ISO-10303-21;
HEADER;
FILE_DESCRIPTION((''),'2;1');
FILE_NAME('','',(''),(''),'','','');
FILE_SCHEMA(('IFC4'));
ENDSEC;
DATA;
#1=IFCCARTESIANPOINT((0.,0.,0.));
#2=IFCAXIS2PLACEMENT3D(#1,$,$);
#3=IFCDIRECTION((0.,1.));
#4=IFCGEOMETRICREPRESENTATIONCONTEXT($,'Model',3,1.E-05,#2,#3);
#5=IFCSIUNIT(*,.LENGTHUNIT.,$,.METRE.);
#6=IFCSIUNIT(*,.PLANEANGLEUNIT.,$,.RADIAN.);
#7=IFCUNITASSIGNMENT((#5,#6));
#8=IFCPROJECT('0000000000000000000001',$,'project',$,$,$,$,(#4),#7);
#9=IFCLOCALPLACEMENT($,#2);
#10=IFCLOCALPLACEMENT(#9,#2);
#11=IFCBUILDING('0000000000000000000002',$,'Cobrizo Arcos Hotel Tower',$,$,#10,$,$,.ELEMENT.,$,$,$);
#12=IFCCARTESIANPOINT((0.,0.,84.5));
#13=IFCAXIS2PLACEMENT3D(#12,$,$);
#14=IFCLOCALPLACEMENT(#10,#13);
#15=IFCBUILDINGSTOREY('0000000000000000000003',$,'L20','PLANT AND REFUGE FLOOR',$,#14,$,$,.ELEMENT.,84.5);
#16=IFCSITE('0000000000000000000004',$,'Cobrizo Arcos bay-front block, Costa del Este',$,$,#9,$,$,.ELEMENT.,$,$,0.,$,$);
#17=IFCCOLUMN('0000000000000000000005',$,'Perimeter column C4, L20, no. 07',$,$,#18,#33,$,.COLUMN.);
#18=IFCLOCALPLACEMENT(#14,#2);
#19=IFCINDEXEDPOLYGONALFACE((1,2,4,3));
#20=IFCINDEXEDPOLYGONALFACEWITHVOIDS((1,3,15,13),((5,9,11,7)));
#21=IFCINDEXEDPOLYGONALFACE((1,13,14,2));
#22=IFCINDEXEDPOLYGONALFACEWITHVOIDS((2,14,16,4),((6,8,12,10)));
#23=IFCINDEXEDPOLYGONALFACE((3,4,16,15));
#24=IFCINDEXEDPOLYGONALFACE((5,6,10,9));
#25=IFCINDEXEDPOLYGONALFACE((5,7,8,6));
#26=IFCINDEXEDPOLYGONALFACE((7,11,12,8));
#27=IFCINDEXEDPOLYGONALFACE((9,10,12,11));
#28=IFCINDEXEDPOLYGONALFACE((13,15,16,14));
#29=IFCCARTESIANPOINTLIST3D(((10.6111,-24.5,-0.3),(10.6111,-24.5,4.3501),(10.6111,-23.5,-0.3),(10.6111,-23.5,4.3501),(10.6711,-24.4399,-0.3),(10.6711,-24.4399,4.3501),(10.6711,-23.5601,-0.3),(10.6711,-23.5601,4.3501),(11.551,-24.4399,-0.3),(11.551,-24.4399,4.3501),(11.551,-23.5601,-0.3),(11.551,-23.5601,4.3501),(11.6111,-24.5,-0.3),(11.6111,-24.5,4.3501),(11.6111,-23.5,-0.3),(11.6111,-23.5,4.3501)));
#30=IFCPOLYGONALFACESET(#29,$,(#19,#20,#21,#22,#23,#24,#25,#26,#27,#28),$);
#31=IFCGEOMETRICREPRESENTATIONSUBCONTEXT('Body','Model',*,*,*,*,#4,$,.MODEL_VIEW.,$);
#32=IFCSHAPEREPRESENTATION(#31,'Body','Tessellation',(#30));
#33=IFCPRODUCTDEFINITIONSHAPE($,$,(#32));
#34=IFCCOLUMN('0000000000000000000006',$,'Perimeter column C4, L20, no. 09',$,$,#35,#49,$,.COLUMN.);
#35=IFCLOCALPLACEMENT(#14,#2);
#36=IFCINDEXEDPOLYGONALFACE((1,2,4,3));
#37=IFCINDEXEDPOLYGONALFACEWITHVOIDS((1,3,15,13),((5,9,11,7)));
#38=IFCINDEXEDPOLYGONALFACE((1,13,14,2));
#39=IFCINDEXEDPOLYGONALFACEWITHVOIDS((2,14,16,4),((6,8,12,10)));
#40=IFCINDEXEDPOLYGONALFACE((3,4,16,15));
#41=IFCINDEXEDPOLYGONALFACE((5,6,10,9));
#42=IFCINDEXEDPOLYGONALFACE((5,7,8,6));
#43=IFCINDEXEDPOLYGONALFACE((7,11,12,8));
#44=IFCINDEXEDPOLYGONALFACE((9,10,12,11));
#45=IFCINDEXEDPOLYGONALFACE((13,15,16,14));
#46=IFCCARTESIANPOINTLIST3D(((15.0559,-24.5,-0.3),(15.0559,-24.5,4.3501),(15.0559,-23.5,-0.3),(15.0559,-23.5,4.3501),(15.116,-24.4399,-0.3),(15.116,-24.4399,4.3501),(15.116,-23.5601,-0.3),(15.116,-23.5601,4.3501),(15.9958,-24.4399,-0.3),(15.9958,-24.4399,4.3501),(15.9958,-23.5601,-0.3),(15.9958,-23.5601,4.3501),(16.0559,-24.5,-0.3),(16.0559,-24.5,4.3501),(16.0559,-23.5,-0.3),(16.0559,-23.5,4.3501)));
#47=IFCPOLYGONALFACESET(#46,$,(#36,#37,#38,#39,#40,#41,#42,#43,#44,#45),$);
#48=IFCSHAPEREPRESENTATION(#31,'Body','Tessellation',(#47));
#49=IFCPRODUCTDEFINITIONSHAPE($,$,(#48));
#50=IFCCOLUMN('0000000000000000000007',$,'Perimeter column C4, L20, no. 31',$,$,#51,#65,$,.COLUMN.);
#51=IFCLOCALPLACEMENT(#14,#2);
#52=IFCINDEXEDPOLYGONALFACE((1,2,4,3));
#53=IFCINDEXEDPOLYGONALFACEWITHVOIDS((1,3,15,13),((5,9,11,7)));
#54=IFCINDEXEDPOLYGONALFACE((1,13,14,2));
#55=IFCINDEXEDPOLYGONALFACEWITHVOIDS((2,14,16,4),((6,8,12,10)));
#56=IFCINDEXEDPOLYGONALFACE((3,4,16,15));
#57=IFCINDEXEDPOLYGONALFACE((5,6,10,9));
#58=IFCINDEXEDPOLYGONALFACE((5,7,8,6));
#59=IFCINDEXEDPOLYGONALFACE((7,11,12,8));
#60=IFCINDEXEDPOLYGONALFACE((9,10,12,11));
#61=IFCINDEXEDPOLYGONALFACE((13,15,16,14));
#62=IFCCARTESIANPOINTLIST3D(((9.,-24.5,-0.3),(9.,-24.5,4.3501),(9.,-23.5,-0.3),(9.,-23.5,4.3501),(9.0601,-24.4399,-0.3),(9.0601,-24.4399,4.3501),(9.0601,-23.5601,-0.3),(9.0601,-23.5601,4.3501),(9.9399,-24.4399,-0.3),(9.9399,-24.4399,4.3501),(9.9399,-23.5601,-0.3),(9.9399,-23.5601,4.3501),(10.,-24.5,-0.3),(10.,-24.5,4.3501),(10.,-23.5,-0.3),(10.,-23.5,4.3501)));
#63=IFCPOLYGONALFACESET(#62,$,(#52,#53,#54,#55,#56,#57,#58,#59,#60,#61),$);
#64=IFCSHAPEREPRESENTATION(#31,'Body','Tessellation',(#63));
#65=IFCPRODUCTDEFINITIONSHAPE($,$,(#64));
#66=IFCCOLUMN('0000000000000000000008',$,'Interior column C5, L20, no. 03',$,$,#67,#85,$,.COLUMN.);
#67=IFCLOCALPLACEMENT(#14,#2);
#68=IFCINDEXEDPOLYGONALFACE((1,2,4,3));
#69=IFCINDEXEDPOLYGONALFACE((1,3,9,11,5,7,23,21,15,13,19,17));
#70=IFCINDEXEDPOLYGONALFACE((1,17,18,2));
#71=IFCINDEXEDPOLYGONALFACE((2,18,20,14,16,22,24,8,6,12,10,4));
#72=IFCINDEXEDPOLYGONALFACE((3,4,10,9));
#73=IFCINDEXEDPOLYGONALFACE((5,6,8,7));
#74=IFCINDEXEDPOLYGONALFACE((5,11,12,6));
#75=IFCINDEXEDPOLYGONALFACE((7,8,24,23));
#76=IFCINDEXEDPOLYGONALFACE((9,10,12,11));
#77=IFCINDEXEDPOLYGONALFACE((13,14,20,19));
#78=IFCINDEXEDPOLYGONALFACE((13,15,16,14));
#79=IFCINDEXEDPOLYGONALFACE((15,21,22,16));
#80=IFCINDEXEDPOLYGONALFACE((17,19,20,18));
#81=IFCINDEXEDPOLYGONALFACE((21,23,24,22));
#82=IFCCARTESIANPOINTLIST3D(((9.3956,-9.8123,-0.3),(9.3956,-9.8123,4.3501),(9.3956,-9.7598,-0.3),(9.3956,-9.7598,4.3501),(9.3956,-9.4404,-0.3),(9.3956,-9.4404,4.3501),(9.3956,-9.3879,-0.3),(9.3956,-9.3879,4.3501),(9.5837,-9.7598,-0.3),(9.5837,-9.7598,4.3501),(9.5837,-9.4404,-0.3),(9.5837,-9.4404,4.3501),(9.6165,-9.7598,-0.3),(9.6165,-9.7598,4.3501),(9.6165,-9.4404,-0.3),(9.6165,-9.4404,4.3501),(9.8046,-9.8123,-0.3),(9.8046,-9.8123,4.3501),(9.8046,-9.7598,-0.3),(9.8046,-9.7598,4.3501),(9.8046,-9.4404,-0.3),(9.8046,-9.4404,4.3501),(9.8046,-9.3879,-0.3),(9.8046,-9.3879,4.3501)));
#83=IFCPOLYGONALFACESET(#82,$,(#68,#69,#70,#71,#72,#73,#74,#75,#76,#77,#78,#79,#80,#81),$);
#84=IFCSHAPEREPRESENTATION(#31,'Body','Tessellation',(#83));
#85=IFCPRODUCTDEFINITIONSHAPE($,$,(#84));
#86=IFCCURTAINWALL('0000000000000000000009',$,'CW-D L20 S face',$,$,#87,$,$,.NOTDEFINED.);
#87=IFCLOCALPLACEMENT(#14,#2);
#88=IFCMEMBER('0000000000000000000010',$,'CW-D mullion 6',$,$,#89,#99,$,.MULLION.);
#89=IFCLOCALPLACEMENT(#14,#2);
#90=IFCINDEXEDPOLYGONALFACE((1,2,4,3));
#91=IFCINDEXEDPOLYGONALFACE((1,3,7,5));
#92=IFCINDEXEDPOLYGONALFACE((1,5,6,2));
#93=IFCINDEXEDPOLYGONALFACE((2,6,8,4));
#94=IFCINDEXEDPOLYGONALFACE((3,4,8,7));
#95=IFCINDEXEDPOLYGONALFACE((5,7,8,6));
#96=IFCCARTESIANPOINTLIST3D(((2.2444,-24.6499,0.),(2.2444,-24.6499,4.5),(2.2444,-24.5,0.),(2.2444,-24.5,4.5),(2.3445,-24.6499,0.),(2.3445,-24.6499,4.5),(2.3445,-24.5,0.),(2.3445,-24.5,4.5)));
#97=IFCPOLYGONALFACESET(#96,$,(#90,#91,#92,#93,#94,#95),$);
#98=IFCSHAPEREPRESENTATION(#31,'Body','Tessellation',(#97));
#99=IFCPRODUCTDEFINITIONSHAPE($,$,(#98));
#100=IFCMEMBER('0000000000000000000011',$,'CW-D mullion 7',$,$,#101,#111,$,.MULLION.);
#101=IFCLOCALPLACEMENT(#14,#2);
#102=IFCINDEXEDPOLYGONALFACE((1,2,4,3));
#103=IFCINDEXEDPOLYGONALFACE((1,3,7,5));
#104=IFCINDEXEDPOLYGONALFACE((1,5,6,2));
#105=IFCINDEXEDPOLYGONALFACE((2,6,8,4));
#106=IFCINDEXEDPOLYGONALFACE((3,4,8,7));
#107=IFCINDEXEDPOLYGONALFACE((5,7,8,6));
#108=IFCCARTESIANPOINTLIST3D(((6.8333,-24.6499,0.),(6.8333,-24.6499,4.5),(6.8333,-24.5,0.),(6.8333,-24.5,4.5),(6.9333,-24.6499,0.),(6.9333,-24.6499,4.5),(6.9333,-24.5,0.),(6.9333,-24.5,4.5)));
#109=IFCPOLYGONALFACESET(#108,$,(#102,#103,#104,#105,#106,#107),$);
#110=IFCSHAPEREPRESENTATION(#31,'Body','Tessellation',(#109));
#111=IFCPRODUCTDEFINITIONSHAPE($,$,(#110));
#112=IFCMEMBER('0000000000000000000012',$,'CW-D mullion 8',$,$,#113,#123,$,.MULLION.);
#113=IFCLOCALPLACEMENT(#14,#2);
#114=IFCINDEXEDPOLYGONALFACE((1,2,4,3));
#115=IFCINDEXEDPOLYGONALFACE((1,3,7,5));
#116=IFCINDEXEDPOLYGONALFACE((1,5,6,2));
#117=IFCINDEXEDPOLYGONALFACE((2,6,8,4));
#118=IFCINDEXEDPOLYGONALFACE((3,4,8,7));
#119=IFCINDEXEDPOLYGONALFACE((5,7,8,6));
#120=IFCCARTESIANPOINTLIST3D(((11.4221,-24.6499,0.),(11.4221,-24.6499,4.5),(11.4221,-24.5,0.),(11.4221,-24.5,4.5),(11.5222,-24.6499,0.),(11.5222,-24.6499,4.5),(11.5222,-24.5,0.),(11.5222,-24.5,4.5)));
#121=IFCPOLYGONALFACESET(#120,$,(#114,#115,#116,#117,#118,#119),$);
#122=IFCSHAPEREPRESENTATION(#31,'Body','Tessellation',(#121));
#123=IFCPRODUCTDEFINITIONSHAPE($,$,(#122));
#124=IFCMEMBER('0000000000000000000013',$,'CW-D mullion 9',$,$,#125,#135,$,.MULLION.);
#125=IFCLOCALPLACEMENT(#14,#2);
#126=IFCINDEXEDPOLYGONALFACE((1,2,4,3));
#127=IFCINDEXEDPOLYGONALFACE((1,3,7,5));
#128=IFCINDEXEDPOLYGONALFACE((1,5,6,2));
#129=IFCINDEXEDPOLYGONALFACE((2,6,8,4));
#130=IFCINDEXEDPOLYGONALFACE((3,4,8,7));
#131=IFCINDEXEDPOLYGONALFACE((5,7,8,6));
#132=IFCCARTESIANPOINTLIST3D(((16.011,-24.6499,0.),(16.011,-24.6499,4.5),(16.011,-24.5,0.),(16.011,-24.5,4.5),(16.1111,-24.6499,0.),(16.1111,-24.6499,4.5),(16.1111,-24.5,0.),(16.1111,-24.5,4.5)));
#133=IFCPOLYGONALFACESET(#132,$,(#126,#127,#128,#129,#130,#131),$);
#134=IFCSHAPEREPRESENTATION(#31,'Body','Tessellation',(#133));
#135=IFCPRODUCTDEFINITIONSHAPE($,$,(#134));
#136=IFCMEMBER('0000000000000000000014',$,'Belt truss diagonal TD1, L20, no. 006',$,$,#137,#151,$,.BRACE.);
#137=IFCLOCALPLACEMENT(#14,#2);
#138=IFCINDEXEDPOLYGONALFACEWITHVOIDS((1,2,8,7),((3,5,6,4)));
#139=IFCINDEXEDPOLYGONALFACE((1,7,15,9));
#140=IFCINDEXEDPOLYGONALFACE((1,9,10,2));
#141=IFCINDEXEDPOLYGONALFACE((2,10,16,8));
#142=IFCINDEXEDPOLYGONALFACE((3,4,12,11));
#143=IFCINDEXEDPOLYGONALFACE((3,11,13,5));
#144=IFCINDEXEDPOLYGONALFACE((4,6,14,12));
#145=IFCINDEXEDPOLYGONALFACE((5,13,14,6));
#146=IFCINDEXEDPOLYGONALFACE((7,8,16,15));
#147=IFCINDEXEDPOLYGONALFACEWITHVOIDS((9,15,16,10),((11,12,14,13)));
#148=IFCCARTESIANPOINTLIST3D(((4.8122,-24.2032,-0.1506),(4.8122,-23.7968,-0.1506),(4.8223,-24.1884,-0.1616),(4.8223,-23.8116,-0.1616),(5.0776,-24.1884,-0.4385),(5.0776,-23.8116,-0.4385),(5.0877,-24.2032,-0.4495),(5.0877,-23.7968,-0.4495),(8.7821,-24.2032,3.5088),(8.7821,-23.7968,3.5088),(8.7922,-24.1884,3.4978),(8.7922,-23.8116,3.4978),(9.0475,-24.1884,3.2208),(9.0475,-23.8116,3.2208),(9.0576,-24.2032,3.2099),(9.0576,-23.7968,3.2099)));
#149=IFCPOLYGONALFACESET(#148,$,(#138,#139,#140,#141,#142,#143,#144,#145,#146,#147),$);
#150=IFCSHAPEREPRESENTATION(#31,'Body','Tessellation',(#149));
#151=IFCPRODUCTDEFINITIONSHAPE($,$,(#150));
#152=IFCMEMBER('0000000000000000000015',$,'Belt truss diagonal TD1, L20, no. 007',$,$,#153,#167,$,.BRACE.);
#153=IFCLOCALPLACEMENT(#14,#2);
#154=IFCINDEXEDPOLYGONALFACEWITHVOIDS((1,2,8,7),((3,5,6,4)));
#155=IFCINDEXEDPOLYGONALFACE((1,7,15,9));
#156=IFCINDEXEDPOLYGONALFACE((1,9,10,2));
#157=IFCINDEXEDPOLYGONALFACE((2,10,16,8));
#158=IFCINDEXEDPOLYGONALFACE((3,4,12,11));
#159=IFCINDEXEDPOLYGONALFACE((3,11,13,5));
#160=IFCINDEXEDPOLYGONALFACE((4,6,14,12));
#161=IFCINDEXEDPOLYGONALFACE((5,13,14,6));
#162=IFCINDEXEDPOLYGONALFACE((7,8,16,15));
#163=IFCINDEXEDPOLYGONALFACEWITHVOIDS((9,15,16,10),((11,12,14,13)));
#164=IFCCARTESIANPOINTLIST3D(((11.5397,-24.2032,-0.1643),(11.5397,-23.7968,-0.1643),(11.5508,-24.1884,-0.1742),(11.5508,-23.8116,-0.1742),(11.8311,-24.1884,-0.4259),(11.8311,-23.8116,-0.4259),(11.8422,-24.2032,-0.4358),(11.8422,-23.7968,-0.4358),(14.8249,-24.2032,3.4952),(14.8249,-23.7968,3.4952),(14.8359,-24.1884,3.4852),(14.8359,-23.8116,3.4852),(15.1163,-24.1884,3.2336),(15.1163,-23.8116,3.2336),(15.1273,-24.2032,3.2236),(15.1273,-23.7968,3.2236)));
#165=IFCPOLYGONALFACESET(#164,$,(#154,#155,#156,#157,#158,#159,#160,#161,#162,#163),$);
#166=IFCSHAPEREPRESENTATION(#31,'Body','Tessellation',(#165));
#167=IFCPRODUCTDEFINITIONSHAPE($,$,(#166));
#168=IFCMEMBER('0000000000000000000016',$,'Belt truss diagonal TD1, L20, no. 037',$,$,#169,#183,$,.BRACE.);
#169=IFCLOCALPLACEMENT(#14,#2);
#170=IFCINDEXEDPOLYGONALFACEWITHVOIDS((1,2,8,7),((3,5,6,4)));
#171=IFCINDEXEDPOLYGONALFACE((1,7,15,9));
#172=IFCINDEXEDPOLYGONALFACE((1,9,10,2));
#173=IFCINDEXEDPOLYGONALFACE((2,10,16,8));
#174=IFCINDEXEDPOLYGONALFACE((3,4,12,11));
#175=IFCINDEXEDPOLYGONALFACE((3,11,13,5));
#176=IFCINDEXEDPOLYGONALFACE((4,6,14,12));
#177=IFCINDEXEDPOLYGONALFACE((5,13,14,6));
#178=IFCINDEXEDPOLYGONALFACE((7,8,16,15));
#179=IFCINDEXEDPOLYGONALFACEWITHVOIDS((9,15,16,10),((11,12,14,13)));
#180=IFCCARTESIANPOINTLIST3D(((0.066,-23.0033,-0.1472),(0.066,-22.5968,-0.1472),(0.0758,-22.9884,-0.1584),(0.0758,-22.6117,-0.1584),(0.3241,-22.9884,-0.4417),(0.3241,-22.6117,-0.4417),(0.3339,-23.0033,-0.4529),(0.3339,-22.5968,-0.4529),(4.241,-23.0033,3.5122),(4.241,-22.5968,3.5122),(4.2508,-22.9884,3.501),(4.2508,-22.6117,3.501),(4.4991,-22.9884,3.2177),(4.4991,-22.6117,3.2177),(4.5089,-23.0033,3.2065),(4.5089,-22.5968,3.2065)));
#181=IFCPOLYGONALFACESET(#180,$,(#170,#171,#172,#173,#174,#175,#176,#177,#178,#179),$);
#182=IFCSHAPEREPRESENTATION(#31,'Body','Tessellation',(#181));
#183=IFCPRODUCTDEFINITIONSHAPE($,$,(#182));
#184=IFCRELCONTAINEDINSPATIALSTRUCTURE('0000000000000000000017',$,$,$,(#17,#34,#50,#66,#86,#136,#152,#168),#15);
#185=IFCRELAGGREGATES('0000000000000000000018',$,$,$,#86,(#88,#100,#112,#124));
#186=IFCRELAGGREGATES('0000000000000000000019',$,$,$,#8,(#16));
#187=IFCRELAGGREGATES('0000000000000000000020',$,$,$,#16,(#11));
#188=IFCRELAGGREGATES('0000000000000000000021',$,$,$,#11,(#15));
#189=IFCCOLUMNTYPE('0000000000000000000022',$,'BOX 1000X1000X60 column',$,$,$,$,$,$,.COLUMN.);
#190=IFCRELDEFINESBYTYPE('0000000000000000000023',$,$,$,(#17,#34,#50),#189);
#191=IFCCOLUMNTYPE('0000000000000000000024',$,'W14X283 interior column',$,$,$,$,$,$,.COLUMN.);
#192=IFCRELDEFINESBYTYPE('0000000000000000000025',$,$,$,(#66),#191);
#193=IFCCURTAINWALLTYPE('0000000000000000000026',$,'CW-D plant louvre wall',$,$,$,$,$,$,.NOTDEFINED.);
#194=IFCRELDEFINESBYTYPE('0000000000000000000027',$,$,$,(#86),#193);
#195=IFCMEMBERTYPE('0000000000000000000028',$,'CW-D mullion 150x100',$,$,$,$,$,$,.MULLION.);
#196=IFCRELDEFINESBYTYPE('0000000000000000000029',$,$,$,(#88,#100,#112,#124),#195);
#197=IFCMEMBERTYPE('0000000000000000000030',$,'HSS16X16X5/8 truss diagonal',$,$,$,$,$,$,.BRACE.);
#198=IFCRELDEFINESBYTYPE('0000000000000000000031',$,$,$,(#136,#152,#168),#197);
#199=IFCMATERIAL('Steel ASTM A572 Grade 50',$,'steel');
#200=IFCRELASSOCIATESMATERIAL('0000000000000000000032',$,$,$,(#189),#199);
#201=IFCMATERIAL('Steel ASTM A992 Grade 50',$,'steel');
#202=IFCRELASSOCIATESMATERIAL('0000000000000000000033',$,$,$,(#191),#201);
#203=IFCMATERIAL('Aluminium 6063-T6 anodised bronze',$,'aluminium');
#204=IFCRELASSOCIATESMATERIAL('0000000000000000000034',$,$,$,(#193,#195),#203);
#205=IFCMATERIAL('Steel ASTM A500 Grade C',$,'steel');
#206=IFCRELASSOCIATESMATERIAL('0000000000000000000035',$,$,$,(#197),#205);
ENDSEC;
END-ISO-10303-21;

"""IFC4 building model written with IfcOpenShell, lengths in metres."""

from ifc_helpers import new_model, si_unit, direction, frame, origin, origin_2d, place, context, subcontext, project, spatial, rectangle, hollow_rectangle, i_section, extrude, material, material_profile, profile_set, type_object, element, aggregate, save


model = new_model("IFC4")

# Units and contexts
model_context = context("Model", 3, precision=1e-05, world=origin(), true_north=direction((0.0, 1.0)))
body_context = subcontext(model_context, "Body", "Model", "MODEL_VIEW")
ifc_project = project(units=[si_unit("LENGTHUNIT", "METRE"), si_unit("PLANEANGLEUNIT", "RADIAN")], contexts=[model_context])

# Site, building, storey
site_placement = place(None, origin())
site = spatial("IfcSite", under=ifc_project, at=site_placement, Name="Cobrizo Arcos bay-front block, Costa del Este", CompositionType="ELEMENT", RefElevation=0.0)
building_placement = place(site_placement, origin())
building = spatial("IfcBuilding", under=site, at=building_placement, Name="Cobrizo Arcos Hotel Tower", CompositionType="ELEMENT")
storey_placement = place(building_placement, frame((0.0, 0.0, 84.5)))
storey = spatial("IfcBuildingStorey", under=building, at=storey_placement, Name="L20", Description="PLANT AND REFUGE FLOOR", CompositionType="ELEMENT", Elevation=84.5)

# Columns
ifc_material_1 = material(Name="Steel ASTM A572 Grade 50", Category="steel")
ifc_material_profile_1 = material_profile(ifc_material_1, hollow_rectangle(XDim=1.0, YDim=1.0, WallThickness=0.0601, at=origin_2d()), Name="BOX 1000X1000X60")
ifc_profile_set_1 = profile_set([ifc_material_profile_1], Name="Steel ASTM A572 Grade 50")
column_type_1 = type_object("IfcColumnType", Name="BOX 1000X1000X60 column", PredefinedType="COLUMN", material=ifc_profile_set_1)
for number, where, z_axis, x_axis, name in (
    (1, (11.1111, -24.0, -0.3), (0.0, 0.0, 1.0), (1.0, 0.0, 0.0), "Perimeter column C4, L20, no. 07"),
    (2, (15.5559, -24.0, -0.3), (0.0, 0.0, 1.0), (1.0, 0.0, 0.0), "Perimeter column C4, L20, no. 09"),
    (3, (9.5, -24.0, -0.3), (0.0, 0.0, 1.0), (1.0, 0.0, 0.0), "Perimeter column C4, L20, no. 31"),
):
    element("IfcColumn", number, at=place(storey_placement, frame(where, z_axis=z_axis, x_axis=x_axis)), inside=storey, type_object=column_type_1, Name=name, PredefinedType="COLUMN", context=body_context, shape_type="SweptSolid", body=[
        extrude(hollow_rectangle(XDim=1.0, YDim=1.0, WallThickness=0.0601, at=origin_2d()), origin(), (0.0, 0.0, 1.0), 4.6501),
    ])
ifc_material_2 = material(Name="Steel ASTM A992 Grade 50", Category="steel")
ifc_material_profile_2 = material_profile(ifc_material_2, i_section(OverallWidth=0.4089, OverallDepth=0.4243, WebThickness=0.0327, FlangeThickness=0.0525, at=origin_2d()), Name="W14X283")
ifc_profile_set_2 = profile_set([ifc_material_profile_2], Name="Steel ASTM A992 Grade 50")
column_type_2 = type_object("IfcColumnType", Name="W14X283 interior column", PredefinedType="COLUMN", material=ifc_profile_set_2)
column_placement = place(storey_placement, frame((9.6001, -9.6001, -0.3), z_axis=(0.0, 0.0, 1.0), x_axis=(1.0, 0.0, 0.0)))
element("IfcColumn", 4, at=column_placement, inside=storey, type_object=column_type_2, Name="Interior column C5, L20, no. 03", PredefinedType="COLUMN", context=body_context, shape_type="SweptSolid", body=[
    extrude(i_section(OverallWidth=0.4089, OverallDepth=0.4243, WebThickness=0.0327, FlangeThickness=0.0525, at=origin_2d()), origin(), (0.0, 0.0, 1.0), 4.6501),
])

# Curtain wall, members
ifc_material_3 = material(Name="Aluminium 6063-T6 anodised bronze", Category="aluminium")
curtain_wall_type = type_object("IfcCurtainWallType", Name="CW-D plant louvre wall", PredefinedType="NOTDEFINED", material=ifc_material_3)
curtain_wall_placement = place(storey_placement, origin())
curtain_wall = element("IfcCurtainWall", 5, at=curtain_wall_placement, inside=storey, type_object=curtain_wall_type, Name="CW-D L20 S face", PredefinedType="NOTDEFINED")
ifc_material_profile_3 = material_profile(ifc_material_3, rectangle(XDim=0.1499, YDim=0.1001, at=origin_2d()), Name="CW-D mullion 150x100")
ifc_profile_set_3 = profile_set([ifc_material_profile_3], Name="Aluminium 6063-T6 anodised bronze")
member_type_1 = type_object("IfcMemberType", Name="CW-D mullion 150x100", PredefinedType="MULLION", material=ifc_profile_set_3)
member_1_placement = place(storey_placement, frame((2.2944, -24.575, 0.0), z_axis=(0.0, 0.0, 1.0), x_axis=(0.0, -1.0, 0.0)))
member_1 = element("IfcMember", 6, at=member_1_placement, type_object=member_type_1, Name="CW-D mullion 6", PredefinedType="MULLION", context=body_context, shape_type="SweptSolid", body=[
    extrude(rectangle(XDim=0.1499, YDim=0.1001, at=origin_2d()), origin(), (0.0, 0.0, 1.0), 4.5),
])
member_2_placement = place(storey_placement, frame((6.8833, -24.575, 0.0), z_axis=(0.0, 0.0, 1.0), x_axis=(0.0, -1.0, 0.0)))
member_2 = element("IfcMember", 7, at=member_2_placement, type_object=member_type_1, Name="CW-D mullion 7", PredefinedType="MULLION", context=body_context, shape_type="SweptSolid", body=[
    extrude(rectangle(XDim=0.1499, YDim=0.1001, at=origin_2d()), origin(), (0.0, 0.0, 1.0), 4.5),
])
member_3_placement = place(storey_placement, frame((11.4722, -24.575, 0.0), z_axis=(0.0, 0.0, 1.0), x_axis=(0.0, -1.0, 0.0)))
member_3 = element("IfcMember", 8, at=member_3_placement, type_object=member_type_1, Name="CW-D mullion 8", PredefinedType="MULLION", context=body_context, shape_type="SweptSolid", body=[
    extrude(rectangle(XDim=0.1499, YDim=0.1001, at=origin_2d()), origin(), (0.0, 0.0, 1.0), 4.5),
])
member_4_placement = place(storey_placement, frame((16.061, -24.575, 0.0), z_axis=(0.0, 0.0, 1.0), x_axis=(0.0, -1.0, 0.0)))
member_4 = element("IfcMember", 9, at=member_4_placement, type_object=member_type_1, Name="CW-D mullion 9", PredefinedType="MULLION", context=body_context, shape_type="SweptSolid", body=[
    extrude(rectangle(XDim=0.1499, YDim=0.1001, at=origin_2d()), origin(), (0.0, 0.0, 1.0), 4.5),
])

# Members
ifc_material_4 = material(Name="Steel ASTM A500 Grade C", Category="steel")
ifc_material_profile_4 = material_profile(ifc_material_4, hollow_rectangle(XDim=0.4065, YDim=0.4065, WallThickness=0.0149, at=origin_2d()), Name="HSS16X16X5/8")
ifc_profile_set_4 = profile_set([ifc_material_profile_4], Name="Steel ASTM A500 Grade C")
member_type_2 = type_object("IfcMemberType", Name="HSS16X16X5/8 truss diagonal", PredefinedType="BRACE", material=ifc_profile_set_4)
member_5_placement = place(storey_placement, frame((4.95, -24.0, -0.3), z_axis=(0.73528, 0.0, 0.677763), x_axis=(0.0, 1.0, 0.0)))
element("IfcMember", 10, at=member_5_placement, inside=storey, type_object=member_type_2, Name="Belt truss diagonal TD1, L20, no. 006", PredefinedType="BRACE", context=body_context, shape_type="SweptSolid", body=[
    extrude(hollow_rectangle(XDim=0.4065, YDim=0.4065, WallThickness=0.0149, at=origin_2d()), origin(), (0.0, 0.0, 1.0), 5.3992),
])
member_6_placement = place(storey_placement, frame((11.6909, -24.0, -0.3), z_axis=(0.668029, 0.0, 0.744135), x_axis=(0.0, 1.0, 0.0)))
element("IfcMember", 11, at=member_6_placement, inside=storey, type_object=member_type_2, Name="Belt truss diagonal TD1, L20, no. 007", PredefinedType="BRACE", context=body_context, shape_type="SweptSolid", body=[
    extrude(hollow_rectangle(XDim=0.4065, YDim=0.4065, WallThickness=0.0149, at=origin_2d()), origin(), (0.0, 0.0, 1.0), 4.9177),
])
member_7_placement = place(storey_placement, frame((0.2, -22.8, -0.3), z_axis=(0.752018, 0.0, 0.659143), x_axis=(0.0, 1.0, 0.0)))
element("IfcMember", 12, at=member_7_placement, inside=storey, type_object=member_type_2, Name="Belt truss diagonal TD1, L20, no. 037", PredefinedType="BRACE", context=body_context, shape_type="SweptSolid", body=[
    extrude(hollow_rectangle(XDim=0.4065, YDim=0.4065, WallThickness=0.0149, at=origin_2d()), origin(), (0.0, 0.0, 1.0), 5.5518),
])

aggregate(curtain_wall, [member_1, member_2, member_3, member_4])

save(model, "model.ifc")
